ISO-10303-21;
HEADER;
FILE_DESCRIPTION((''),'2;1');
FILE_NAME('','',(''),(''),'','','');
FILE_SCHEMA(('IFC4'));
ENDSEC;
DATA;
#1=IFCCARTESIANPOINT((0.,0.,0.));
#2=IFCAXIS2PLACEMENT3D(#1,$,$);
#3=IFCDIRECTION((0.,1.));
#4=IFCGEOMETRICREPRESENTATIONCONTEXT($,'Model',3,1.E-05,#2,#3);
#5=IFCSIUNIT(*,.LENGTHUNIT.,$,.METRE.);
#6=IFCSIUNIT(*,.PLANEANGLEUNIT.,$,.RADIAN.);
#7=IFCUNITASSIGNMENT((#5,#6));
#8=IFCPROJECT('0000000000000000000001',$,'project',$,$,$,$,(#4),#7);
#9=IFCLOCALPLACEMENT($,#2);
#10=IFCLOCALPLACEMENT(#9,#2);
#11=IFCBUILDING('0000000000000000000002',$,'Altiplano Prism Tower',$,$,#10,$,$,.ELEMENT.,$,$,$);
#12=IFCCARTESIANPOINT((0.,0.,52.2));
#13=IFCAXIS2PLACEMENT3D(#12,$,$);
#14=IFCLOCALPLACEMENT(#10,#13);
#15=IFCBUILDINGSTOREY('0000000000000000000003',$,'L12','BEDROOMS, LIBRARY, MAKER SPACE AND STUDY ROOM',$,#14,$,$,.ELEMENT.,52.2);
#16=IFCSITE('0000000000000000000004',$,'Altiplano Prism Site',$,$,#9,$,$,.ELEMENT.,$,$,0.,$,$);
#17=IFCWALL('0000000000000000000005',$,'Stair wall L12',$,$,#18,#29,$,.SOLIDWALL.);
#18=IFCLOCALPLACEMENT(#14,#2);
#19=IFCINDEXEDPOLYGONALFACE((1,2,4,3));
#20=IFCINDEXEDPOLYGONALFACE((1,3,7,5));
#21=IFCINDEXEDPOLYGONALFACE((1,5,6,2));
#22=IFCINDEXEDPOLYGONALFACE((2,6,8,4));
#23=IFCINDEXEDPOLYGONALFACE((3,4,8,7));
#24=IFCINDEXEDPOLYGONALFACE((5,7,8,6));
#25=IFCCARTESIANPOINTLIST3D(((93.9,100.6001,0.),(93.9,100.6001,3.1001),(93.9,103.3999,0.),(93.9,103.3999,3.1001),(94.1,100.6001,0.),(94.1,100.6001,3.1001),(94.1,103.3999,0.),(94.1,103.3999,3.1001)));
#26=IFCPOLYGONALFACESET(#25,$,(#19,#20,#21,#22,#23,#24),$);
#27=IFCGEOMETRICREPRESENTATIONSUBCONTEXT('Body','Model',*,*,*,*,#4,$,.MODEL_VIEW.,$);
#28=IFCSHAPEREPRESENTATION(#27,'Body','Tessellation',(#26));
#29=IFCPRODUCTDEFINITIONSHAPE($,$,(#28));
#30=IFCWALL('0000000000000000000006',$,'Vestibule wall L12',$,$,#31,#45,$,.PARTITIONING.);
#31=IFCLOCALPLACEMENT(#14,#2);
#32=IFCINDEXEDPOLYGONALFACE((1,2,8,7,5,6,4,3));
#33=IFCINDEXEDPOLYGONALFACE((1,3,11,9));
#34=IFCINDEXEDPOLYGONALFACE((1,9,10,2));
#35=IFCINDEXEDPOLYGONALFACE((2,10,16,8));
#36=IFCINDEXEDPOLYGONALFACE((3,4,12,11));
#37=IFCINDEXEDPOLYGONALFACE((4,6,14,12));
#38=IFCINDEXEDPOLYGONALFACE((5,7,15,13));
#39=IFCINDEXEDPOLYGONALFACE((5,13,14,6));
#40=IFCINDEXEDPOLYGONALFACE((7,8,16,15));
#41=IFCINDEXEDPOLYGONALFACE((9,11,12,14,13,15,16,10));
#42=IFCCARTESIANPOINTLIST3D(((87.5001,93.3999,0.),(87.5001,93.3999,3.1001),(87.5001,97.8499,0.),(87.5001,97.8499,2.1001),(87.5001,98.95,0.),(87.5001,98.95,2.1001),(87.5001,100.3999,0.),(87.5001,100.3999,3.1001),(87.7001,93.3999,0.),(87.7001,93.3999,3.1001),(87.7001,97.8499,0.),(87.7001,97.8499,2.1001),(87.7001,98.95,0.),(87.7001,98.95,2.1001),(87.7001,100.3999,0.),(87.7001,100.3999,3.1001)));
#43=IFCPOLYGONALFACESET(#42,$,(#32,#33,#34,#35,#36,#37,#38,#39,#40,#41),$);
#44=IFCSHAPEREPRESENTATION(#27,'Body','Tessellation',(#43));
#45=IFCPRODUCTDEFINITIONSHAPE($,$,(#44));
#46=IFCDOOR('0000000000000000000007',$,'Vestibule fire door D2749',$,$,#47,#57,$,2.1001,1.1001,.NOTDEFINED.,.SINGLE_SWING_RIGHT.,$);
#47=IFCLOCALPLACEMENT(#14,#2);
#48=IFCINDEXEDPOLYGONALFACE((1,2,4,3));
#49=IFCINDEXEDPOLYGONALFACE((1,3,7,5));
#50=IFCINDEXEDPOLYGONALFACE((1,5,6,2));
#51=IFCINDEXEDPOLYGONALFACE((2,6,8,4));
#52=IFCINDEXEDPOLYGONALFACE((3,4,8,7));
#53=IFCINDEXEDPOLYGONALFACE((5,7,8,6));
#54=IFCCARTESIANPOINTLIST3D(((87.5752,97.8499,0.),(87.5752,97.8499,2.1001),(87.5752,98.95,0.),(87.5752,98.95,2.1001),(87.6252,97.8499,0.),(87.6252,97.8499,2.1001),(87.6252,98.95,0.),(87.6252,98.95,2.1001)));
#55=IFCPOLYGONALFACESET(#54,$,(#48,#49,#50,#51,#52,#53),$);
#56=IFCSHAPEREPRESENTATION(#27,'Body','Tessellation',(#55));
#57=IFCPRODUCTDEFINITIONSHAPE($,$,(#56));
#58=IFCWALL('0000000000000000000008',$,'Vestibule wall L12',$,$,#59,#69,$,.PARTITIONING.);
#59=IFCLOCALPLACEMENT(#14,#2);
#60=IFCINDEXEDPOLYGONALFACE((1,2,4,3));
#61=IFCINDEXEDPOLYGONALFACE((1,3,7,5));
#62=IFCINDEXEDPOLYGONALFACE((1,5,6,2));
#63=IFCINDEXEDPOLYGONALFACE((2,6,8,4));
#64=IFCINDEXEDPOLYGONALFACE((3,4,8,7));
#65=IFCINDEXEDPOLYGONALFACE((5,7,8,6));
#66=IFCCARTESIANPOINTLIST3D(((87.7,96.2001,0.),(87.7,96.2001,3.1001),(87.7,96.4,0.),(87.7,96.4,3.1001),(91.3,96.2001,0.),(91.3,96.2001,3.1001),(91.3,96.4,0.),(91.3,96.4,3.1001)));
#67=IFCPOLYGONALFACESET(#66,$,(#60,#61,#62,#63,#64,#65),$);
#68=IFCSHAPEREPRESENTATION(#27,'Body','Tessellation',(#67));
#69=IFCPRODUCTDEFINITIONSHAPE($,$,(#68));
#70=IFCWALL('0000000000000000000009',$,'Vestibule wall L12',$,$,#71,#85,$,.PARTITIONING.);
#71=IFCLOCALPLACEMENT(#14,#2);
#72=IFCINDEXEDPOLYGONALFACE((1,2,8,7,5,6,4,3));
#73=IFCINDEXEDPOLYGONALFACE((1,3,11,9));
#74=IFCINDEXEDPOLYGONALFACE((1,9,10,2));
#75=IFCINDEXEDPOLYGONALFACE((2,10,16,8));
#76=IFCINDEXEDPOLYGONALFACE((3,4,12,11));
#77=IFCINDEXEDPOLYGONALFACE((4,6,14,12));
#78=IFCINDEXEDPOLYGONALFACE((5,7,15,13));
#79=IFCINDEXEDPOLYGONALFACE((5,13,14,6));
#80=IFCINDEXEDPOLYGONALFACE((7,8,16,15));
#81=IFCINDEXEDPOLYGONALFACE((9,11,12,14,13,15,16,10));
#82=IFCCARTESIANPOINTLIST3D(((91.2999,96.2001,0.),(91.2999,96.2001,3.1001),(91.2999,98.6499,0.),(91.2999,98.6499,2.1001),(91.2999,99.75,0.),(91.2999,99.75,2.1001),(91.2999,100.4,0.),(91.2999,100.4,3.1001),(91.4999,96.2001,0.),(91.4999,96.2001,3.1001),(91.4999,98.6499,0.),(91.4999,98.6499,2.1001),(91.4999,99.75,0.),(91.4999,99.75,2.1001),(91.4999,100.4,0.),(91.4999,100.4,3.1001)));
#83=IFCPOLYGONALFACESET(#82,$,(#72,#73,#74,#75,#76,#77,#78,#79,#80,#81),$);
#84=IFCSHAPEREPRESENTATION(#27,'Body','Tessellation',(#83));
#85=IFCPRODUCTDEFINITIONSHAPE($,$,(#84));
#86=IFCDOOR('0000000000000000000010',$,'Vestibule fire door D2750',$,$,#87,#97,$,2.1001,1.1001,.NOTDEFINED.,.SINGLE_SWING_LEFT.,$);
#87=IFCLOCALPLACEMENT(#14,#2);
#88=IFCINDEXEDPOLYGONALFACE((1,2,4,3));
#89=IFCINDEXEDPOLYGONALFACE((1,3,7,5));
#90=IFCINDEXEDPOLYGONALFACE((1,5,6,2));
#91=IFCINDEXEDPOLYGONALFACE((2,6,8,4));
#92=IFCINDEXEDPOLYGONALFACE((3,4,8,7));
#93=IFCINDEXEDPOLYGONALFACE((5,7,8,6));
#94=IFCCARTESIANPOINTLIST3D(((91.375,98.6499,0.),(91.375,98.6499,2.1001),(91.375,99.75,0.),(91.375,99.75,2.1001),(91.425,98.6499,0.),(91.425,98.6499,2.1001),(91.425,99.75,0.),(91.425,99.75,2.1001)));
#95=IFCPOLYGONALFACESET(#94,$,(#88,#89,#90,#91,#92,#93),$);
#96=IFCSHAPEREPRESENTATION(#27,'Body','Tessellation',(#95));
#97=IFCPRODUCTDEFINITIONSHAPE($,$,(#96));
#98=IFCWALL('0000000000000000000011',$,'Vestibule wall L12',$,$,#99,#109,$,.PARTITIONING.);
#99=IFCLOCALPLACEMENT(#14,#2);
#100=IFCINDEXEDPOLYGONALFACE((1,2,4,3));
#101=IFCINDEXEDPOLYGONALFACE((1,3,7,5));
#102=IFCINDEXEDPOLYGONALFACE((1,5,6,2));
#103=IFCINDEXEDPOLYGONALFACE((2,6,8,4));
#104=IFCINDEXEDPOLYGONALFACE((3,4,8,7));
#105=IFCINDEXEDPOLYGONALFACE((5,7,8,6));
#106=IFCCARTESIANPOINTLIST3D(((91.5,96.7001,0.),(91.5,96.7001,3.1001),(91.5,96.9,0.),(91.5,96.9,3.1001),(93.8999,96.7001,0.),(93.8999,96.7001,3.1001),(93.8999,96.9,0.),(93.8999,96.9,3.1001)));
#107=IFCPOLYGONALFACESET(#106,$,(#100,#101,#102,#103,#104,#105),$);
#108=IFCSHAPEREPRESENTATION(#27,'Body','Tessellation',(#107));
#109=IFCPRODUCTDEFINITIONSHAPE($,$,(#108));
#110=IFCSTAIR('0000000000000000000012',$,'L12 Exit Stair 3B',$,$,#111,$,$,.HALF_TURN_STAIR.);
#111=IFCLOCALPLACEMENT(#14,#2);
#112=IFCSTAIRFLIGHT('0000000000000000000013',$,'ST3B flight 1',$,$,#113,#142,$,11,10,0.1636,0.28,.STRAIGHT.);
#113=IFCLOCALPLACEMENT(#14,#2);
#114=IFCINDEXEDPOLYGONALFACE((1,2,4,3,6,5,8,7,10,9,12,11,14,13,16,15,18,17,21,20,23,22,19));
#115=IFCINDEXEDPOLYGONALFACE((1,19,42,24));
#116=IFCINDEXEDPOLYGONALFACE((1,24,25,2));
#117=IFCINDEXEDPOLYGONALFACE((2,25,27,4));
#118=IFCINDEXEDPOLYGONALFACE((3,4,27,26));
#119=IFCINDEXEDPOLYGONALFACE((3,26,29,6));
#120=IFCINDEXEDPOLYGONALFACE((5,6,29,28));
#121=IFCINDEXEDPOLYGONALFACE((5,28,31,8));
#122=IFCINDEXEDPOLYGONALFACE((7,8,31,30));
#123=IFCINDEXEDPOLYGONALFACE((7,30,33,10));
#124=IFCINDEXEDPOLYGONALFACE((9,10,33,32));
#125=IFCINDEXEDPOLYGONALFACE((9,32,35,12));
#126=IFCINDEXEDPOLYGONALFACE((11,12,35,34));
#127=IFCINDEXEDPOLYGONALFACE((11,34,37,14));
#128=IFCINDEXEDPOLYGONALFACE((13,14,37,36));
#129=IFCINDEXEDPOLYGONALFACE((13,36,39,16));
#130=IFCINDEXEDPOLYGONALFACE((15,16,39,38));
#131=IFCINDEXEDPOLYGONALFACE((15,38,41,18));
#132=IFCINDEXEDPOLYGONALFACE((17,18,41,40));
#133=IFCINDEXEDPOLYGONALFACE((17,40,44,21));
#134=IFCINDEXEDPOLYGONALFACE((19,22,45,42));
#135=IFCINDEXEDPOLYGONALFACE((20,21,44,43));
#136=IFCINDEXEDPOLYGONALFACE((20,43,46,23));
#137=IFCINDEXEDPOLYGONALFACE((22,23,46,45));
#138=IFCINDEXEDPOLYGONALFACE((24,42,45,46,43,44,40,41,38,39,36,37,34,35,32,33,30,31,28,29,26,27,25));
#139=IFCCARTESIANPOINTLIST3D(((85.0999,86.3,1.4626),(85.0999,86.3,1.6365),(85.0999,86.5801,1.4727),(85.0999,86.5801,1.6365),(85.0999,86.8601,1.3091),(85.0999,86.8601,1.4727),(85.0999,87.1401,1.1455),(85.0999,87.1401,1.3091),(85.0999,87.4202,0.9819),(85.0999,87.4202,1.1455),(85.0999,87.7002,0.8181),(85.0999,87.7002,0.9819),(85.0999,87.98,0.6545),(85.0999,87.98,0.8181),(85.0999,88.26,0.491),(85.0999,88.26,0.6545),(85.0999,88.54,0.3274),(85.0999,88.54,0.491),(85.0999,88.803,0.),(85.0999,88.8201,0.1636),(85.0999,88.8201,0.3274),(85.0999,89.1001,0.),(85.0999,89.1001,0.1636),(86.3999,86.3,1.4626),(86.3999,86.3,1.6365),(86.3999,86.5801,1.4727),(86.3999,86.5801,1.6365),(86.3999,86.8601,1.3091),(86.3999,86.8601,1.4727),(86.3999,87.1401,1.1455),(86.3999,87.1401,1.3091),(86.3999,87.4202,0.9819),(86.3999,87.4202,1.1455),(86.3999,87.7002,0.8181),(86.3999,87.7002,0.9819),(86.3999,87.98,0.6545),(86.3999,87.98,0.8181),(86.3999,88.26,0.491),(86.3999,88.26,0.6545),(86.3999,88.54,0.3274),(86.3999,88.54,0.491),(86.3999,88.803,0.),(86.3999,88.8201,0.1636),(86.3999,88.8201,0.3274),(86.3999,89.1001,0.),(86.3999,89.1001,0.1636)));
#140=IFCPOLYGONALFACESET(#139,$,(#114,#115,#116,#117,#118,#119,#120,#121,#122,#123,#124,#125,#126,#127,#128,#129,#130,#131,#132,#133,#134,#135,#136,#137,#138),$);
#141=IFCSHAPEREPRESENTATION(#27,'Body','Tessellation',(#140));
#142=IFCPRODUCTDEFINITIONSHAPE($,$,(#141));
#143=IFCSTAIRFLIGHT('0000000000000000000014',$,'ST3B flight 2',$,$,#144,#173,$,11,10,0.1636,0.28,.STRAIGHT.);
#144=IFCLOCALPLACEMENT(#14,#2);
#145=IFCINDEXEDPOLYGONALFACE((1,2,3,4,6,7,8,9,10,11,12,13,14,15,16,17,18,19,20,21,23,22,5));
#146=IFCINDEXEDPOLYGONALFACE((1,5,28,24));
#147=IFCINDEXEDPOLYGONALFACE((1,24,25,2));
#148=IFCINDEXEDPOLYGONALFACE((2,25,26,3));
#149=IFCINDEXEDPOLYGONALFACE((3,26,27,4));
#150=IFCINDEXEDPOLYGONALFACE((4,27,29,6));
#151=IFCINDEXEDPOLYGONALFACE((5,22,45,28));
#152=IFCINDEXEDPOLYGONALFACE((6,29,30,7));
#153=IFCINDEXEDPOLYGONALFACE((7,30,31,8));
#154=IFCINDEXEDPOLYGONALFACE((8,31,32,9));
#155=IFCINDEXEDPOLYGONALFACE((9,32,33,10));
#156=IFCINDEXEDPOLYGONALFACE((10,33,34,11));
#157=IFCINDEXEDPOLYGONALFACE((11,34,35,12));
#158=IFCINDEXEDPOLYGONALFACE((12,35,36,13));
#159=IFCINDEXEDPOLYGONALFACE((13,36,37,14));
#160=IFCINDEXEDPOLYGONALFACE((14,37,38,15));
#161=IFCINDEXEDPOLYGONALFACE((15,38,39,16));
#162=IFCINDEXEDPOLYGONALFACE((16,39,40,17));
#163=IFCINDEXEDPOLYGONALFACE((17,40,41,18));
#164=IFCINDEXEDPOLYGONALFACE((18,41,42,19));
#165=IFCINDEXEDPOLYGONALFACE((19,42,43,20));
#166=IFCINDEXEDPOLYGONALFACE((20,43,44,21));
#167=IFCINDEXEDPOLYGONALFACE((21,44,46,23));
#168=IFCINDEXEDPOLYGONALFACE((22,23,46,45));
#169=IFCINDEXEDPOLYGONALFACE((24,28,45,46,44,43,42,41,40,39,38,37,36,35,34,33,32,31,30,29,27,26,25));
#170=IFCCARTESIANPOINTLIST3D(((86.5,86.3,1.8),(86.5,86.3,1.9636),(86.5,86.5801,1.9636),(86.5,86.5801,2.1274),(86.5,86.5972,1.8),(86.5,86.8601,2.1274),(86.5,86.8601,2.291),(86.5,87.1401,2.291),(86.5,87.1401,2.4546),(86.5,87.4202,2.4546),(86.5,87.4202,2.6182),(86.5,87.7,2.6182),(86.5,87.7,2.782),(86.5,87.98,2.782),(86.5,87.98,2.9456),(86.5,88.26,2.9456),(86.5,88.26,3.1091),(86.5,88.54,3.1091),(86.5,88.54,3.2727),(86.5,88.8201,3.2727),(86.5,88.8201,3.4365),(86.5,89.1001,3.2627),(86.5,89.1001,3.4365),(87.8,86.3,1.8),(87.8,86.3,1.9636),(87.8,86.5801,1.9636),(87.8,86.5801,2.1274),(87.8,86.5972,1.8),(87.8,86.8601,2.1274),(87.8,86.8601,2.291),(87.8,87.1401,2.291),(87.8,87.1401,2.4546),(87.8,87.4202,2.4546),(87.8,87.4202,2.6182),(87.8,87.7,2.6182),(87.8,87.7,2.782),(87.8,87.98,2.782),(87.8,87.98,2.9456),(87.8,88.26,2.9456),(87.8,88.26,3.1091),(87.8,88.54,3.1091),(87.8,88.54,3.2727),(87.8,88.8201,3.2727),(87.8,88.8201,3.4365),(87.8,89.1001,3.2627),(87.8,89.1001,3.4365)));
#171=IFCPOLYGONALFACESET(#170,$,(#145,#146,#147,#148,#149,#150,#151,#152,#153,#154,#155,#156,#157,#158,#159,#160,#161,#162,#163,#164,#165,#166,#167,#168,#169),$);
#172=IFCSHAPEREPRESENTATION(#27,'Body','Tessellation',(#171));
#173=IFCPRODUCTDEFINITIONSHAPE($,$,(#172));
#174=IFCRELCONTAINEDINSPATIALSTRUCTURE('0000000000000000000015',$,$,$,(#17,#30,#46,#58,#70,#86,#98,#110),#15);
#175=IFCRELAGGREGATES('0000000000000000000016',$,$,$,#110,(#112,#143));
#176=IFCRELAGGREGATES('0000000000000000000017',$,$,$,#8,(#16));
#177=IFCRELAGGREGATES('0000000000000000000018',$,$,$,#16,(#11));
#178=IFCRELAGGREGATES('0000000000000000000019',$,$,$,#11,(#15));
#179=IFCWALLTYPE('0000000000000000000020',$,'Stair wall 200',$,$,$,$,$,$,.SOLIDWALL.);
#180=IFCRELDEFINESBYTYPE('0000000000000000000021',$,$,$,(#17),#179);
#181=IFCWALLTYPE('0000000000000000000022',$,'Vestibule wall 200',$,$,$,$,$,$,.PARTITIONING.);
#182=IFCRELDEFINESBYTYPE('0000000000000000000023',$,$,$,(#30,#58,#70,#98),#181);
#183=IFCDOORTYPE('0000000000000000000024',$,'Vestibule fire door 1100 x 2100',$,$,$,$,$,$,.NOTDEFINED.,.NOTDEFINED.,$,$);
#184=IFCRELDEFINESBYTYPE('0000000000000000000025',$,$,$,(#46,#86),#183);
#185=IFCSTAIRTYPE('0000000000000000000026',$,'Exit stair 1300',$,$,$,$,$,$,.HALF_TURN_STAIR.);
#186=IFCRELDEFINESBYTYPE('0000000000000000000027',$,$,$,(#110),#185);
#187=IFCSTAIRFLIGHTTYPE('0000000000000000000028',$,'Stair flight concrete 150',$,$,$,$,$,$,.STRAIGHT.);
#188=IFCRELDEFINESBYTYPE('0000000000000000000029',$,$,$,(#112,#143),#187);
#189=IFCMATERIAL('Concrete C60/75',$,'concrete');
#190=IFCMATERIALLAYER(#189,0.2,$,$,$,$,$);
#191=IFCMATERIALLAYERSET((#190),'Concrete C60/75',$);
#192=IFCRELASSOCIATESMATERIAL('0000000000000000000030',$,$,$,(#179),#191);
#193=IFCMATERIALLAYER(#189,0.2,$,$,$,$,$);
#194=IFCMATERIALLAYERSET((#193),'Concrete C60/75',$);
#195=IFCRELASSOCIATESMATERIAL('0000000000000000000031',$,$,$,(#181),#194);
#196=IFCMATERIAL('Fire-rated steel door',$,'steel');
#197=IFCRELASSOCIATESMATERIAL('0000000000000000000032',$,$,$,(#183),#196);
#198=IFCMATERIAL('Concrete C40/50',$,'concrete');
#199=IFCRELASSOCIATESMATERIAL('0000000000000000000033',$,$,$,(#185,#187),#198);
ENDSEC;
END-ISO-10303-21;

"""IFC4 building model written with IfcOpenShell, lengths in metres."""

from ifc_helpers import new_model, si_unit, direction, frame, frame_2d, origin, place, context, subcontext, project, spatial, polyline, rectangle, outline, extrude, material, layer, layer_set, type_object, element, fill, aggregate, save


model = new_model("IFC4")

# Units and contexts
model_context = context("Model", 3, precision=1e-05, world=origin(), true_north=direction((0.0, 1.0)))
body_context = subcontext(model_context, "Body", "Model", "MODEL_VIEW")
ifc_project = project(units=[si_unit("LENGTHUNIT", "METRE"), si_unit("PLANEANGLEUNIT", "RADIAN")], contexts=[model_context])

# Site, building, storey
site_placement = place(None, origin())
site = spatial("IfcSite", under=ifc_project, at=site_placement, Name="Altiplano Prism Site", CompositionType="ELEMENT", RefElevation=0.0)
building_placement = place(site_placement, origin())
building = spatial("IfcBuilding", under=site, at=building_placement, Name="Altiplano Prism Tower", CompositionType="ELEMENT")
storey_placement = place(building_placement, frame((0.0, 0.0, 52.2)))
storey = spatial("IfcBuildingStorey", under=building, at=storey_placement, Name="L12", Description="BEDROOMS, LIBRARY, MAKER SPACE AND STUDY ROOM", CompositionType="ELEMENT", Elevation=52.2)

# Shared definitions
ifc_material_1 = material(Name="Concrete C60/75", Category="concrete")

# Shared definitions
ifc_layer_1 = layer(ifc_material_1, 0.2)
ifc_layer_set_1 = layer_set([ifc_layer_1], Name="Concrete C60/75")
wall_type_1 = type_object("IfcWallType", Name="Stair wall 200", PredefinedType="SOLIDWALL", material=ifc_layer_set_1)
ifc_material_2 = material(Name="Fire-rated steel door", Category="steel")

# Wall
wall_1_placement = place(storey_placement, frame((94.0, 100.6001, 0.0), z_axis=(0.0, 0.0, 1.0), x_axis=(0.0, 1.0, 0.0)))
element("IfcWall", 1, at=wall_1_placement, inside=storey, type_object=wall_type_1, Name="Stair wall L12", PredefinedType="SOLIDWALL", context=body_context, shape_type="SweptSolid", body=[
    extrude(rectangle(XDim=2.7998, YDim=0.2, at=frame_2d((1.3999, 0.0))), origin(), (0.0, 0.0, 1.0), 3.1001),
])

# Wall, opening, door
ifc_layer_2 = layer(ifc_material_1, 0.2)
ifc_layer_set_2 = layer_set([ifc_layer_2], Name="Concrete C60/75")
wall_type_2 = type_object("IfcWallType", Name="Vestibule wall 200", PredefinedType="PARTITIONING", material=ifc_layer_set_2)
wall_2_placement = place(storey_placement, frame((87.6001, 93.3999, 0.0), z_axis=(0.0, 0.0, 1.0), x_axis=(0.0, 1.0, 0.0)))
wall_2 = element("IfcWall", 2, at=wall_2_placement, inside=storey, type_object=wall_type_2, Name="Vestibule wall L12", PredefinedType="PARTITIONING", context=body_context, shape_type="SweptSolid", body=[
    extrude(rectangle(XDim=7.0, YDim=0.2, at=frame_2d((3.5, 0.0))), origin(), (0.0, 0.0, 1.0), 3.1001),
])
opening_1_placement = place(wall_2_placement, frame((4.45, 0.0, 0.0)))
opening_1 = element("IfcOpeningElement", 3, at=opening_1_placement, cuts=wall_2, PredefinedType="OPENING", context=body_context, shape_type="SweptSolid", body=[
    extrude(rectangle(XDim=1.1001, YDim=2.1001, at=frame_2d((0.55, 1.05))), frame((0.0, 0.1104, 0.0), z_axis=(0.0, -1.0, 0.0), x_axis=(1.0, 0.0, 0.0)), (0.0, 0.0, 1.0), 0.2209),
])
door_type_1 = type_object("IfcDoorType", Name="Vestibule fire door 1100 x 2100", OperationType="NOTDEFINED", PredefinedType="NOTDEFINED", material=ifc_material_2)
door_1_placement = place(opening_1_placement, origin())
door_1 = element("IfcDoor", 4, at=door_1_placement, inside=storey, type_object=door_type_1, Name="Vestibule fire door D2749", OperationType="SINGLE_SWING_RIGHT", OverallHeight=2.1001, OverallWidth=1.1001, PredefinedType="NOTDEFINED", context=body_context, shape_type="SweptSolid", body=[
    extrude(rectangle(XDim=1.1001, YDim=2.1001, at=frame_2d((0.55, 1.05))), frame((0.0, 0.0249, 0.0), z_axis=(0.0, -1.0, 0.0), x_axis=(1.0, 0.0, 0.0)), (0.0, 0.0, 1.0), 0.05),
])
fill(opening_1, door_1)

# Wall
wall_3_placement = place(storey_placement, frame((87.7, 96.3, 0.0), z_axis=(0.0, 0.0, 1.0), x_axis=(1.0, 0.0, 0.0)))
element("IfcWall", 5, at=wall_3_placement, inside=storey, type_object=wall_type_2, Name="Vestibule wall L12", PredefinedType="PARTITIONING", context=body_context, shape_type="SweptSolid", body=[
    extrude(rectangle(XDim=3.6001, YDim=0.2, at=frame_2d((1.8, 0.0))), origin(), (0.0, 0.0, 1.0), 3.1001),
])

# Wall, opening, door
wall_4_placement = place(storey_placement, frame((91.3999, 96.2, 0.0), z_axis=(0.0, 0.0, 1.0), x_axis=(0.0, 1.0, 0.0)))
wall_4 = element("IfcWall", 6, at=wall_4_placement, inside=storey, type_object=wall_type_2, Name="Vestibule wall L12", PredefinedType="PARTITIONING", context=body_context, shape_type="SweptSolid", body=[
    extrude(rectangle(XDim=4.2, YDim=0.2, at=frame_2d((2.1001, 0.0))), origin(), (0.0, 0.0, 1.0), 3.1001),
])
opening_2_placement = place(wall_4_placement, frame((2.45, 0.0, 0.0)))
opening_2 = element("IfcOpeningElement", 7, at=opening_2_placement, cuts=wall_4, PredefinedType="OPENING", context=body_context, shape_type="SweptSolid", body=[
    extrude(rectangle(XDim=1.1001, YDim=2.1001, at=frame_2d((0.55, 1.05))), frame((0.0, 0.1104, 0.0), z_axis=(0.0, -1.0, 0.0), x_axis=(1.0, 0.0, 0.0)), (0.0, 0.0, 1.0), 0.2209),
])
door_2_placement = place(opening_2_placement, origin())
door_2 = element("IfcDoor", 8, at=door_2_placement, inside=storey, type_object=door_type_1, Name="Vestibule fire door D2750", OperationType="SINGLE_SWING_LEFT", OverallHeight=2.1001, OverallWidth=1.1001, PredefinedType="NOTDEFINED", context=body_context, shape_type="SweptSolid", body=[
    extrude(rectangle(XDim=1.1001, YDim=2.1001, at=frame_2d((0.55, 1.05))), frame((0.0, 0.0249, 0.0), z_axis=(0.0, -1.0, 0.0), x_axis=(1.0, 0.0, 0.0)), (0.0, 0.0, 1.0), 0.05),
])
fill(opening_2, door_2)

# Wall
wall_5_placement = place(storey_placement, frame((91.5, 96.8, 0.0), z_axis=(0.0, 0.0, 1.0), x_axis=(1.0, 0.0, 0.0)))
element("IfcWall", 9, at=wall_5_placement, inside=storey, type_object=wall_type_2, Name="Vestibule wall L12", PredefinedType="PARTITIONING", context=body_context, shape_type="SweptSolid", body=[
    extrude(rectangle(XDim=2.3999, YDim=0.2, at=frame_2d((1.2, 0.0))), origin(), (0.0, 0.0, 1.0), 3.1001),
])

# Stair, stair flights
ifc_material_3 = material(Name="Concrete C40/50", Category="concrete")
stair_type = type_object("IfcStairType", Name="Exit stair 1300", PredefinedType="HALF_TURN_STAIR", material=ifc_material_3)
stair_placement = place(storey_placement, origin())
stair = element("IfcStair", 10, at=stair_placement, inside=storey, type_object=stair_type, Name="L12 Exit Stair 3B", PredefinedType="HALF_TURN_STAIR")
stair_flight_type = type_object("IfcStairFlightType", Name="Stair flight concrete 150", PredefinedType="STRAIGHT", material=ifc_material_3)
stair_flight_1_placement = place(storey_placement, frame((85.75, 89.1001, 0.0), z_axis=(0.0, 0.0, 1.0), x_axis=(0.0, -1.0, 0.0)))
stair_flight_1 = element("IfcStairFlight", 11, at=stair_flight_1_placement, type_object=stair_flight_type, Name="ST3B flight 1", NumberOfRisers=11, NumberOfTreads=10, PredefinedType="STRAIGHT", RiserHeight=0.1636, TreadLength=0.28, context=body_context, shape_type="SweptSolid", body=[
    extrude(outline(polyline([(0.0, 0.0), (0.0, 0.1636), (0.28, 0.1636), (0.28, 0.3274), (0.5601, 0.3274), (0.5601, 0.491), (0.8401, 0.491), (0.8401, 0.6545), (1.1201, 0.6545), (1.1201, 0.8181), (1.3999, 0.8181), (1.3999, 0.9819), (1.6799, 0.9819), (1.6799, 1.1455), (1.96, 1.1455), (1.96, 1.3091), (2.24, 1.3091), (2.24, 1.4727), (2.52, 1.4727), (2.52, 1.6365), (2.8, 1.6365), (2.8, 1.8), (2.8, 1.4626), (0.2971, 0.0), (0.0, 0.0)])), frame((0.0, 0.6499, 0.0), z_axis=(0.0, -1.0, 0.0), x_axis=(1.0, 0.0, 0.0)), (0.0, 0.0, 1.0), 1.3),
])
stair_flight_2_placement = place(storey_placement, frame((87.1499, 86.3, 1.8), z_axis=(0.0, 0.0, 1.0), x_axis=(0.0, 1.0, 0.0)))
stair_flight_2 = element("IfcStairFlight", 12, at=stair_flight_2_placement, type_object=stair_flight_type, Name="ST3B flight 2", NumberOfRisers=11, NumberOfTreads=10, PredefinedType="STRAIGHT", RiserHeight=0.1636, TreadLength=0.28, context=body_context, shape_type="SweptSolid", body=[
    extrude(outline(polyline([(0.0, 0.0), (0.0, 0.1636), (0.28, 0.1636), (0.28, 0.3274), (0.5601, 0.3274), (0.5601, 0.491), (0.8401, 0.491), (0.8401, 0.6545), (1.1201, 0.6545), (1.1201, 0.8181), (1.3999, 0.8181), (1.3999, 0.9819), (1.6799, 0.9819), (1.6799, 1.1455), (1.96, 1.1455), (1.96, 1.3091), (2.24, 1.3091), (2.24, 1.4727), (2.52, 1.4727), (2.52, 1.6365), (2.8, 1.6365), (2.8, 1.8), (2.8, 1.4626), (0.2971, 0.0), (0.0, 0.0)])), frame((0.0, 0.6499, 0.0), z_axis=(0.0, -1.0, 0.0), x_axis=(1.0, 0.0, 0.0)), (0.0, 0.0, 1.0), 1.3),
])
aggregate(stair, [stair_flight_1, stair_flight_2])

save(model, "model.ifc")
